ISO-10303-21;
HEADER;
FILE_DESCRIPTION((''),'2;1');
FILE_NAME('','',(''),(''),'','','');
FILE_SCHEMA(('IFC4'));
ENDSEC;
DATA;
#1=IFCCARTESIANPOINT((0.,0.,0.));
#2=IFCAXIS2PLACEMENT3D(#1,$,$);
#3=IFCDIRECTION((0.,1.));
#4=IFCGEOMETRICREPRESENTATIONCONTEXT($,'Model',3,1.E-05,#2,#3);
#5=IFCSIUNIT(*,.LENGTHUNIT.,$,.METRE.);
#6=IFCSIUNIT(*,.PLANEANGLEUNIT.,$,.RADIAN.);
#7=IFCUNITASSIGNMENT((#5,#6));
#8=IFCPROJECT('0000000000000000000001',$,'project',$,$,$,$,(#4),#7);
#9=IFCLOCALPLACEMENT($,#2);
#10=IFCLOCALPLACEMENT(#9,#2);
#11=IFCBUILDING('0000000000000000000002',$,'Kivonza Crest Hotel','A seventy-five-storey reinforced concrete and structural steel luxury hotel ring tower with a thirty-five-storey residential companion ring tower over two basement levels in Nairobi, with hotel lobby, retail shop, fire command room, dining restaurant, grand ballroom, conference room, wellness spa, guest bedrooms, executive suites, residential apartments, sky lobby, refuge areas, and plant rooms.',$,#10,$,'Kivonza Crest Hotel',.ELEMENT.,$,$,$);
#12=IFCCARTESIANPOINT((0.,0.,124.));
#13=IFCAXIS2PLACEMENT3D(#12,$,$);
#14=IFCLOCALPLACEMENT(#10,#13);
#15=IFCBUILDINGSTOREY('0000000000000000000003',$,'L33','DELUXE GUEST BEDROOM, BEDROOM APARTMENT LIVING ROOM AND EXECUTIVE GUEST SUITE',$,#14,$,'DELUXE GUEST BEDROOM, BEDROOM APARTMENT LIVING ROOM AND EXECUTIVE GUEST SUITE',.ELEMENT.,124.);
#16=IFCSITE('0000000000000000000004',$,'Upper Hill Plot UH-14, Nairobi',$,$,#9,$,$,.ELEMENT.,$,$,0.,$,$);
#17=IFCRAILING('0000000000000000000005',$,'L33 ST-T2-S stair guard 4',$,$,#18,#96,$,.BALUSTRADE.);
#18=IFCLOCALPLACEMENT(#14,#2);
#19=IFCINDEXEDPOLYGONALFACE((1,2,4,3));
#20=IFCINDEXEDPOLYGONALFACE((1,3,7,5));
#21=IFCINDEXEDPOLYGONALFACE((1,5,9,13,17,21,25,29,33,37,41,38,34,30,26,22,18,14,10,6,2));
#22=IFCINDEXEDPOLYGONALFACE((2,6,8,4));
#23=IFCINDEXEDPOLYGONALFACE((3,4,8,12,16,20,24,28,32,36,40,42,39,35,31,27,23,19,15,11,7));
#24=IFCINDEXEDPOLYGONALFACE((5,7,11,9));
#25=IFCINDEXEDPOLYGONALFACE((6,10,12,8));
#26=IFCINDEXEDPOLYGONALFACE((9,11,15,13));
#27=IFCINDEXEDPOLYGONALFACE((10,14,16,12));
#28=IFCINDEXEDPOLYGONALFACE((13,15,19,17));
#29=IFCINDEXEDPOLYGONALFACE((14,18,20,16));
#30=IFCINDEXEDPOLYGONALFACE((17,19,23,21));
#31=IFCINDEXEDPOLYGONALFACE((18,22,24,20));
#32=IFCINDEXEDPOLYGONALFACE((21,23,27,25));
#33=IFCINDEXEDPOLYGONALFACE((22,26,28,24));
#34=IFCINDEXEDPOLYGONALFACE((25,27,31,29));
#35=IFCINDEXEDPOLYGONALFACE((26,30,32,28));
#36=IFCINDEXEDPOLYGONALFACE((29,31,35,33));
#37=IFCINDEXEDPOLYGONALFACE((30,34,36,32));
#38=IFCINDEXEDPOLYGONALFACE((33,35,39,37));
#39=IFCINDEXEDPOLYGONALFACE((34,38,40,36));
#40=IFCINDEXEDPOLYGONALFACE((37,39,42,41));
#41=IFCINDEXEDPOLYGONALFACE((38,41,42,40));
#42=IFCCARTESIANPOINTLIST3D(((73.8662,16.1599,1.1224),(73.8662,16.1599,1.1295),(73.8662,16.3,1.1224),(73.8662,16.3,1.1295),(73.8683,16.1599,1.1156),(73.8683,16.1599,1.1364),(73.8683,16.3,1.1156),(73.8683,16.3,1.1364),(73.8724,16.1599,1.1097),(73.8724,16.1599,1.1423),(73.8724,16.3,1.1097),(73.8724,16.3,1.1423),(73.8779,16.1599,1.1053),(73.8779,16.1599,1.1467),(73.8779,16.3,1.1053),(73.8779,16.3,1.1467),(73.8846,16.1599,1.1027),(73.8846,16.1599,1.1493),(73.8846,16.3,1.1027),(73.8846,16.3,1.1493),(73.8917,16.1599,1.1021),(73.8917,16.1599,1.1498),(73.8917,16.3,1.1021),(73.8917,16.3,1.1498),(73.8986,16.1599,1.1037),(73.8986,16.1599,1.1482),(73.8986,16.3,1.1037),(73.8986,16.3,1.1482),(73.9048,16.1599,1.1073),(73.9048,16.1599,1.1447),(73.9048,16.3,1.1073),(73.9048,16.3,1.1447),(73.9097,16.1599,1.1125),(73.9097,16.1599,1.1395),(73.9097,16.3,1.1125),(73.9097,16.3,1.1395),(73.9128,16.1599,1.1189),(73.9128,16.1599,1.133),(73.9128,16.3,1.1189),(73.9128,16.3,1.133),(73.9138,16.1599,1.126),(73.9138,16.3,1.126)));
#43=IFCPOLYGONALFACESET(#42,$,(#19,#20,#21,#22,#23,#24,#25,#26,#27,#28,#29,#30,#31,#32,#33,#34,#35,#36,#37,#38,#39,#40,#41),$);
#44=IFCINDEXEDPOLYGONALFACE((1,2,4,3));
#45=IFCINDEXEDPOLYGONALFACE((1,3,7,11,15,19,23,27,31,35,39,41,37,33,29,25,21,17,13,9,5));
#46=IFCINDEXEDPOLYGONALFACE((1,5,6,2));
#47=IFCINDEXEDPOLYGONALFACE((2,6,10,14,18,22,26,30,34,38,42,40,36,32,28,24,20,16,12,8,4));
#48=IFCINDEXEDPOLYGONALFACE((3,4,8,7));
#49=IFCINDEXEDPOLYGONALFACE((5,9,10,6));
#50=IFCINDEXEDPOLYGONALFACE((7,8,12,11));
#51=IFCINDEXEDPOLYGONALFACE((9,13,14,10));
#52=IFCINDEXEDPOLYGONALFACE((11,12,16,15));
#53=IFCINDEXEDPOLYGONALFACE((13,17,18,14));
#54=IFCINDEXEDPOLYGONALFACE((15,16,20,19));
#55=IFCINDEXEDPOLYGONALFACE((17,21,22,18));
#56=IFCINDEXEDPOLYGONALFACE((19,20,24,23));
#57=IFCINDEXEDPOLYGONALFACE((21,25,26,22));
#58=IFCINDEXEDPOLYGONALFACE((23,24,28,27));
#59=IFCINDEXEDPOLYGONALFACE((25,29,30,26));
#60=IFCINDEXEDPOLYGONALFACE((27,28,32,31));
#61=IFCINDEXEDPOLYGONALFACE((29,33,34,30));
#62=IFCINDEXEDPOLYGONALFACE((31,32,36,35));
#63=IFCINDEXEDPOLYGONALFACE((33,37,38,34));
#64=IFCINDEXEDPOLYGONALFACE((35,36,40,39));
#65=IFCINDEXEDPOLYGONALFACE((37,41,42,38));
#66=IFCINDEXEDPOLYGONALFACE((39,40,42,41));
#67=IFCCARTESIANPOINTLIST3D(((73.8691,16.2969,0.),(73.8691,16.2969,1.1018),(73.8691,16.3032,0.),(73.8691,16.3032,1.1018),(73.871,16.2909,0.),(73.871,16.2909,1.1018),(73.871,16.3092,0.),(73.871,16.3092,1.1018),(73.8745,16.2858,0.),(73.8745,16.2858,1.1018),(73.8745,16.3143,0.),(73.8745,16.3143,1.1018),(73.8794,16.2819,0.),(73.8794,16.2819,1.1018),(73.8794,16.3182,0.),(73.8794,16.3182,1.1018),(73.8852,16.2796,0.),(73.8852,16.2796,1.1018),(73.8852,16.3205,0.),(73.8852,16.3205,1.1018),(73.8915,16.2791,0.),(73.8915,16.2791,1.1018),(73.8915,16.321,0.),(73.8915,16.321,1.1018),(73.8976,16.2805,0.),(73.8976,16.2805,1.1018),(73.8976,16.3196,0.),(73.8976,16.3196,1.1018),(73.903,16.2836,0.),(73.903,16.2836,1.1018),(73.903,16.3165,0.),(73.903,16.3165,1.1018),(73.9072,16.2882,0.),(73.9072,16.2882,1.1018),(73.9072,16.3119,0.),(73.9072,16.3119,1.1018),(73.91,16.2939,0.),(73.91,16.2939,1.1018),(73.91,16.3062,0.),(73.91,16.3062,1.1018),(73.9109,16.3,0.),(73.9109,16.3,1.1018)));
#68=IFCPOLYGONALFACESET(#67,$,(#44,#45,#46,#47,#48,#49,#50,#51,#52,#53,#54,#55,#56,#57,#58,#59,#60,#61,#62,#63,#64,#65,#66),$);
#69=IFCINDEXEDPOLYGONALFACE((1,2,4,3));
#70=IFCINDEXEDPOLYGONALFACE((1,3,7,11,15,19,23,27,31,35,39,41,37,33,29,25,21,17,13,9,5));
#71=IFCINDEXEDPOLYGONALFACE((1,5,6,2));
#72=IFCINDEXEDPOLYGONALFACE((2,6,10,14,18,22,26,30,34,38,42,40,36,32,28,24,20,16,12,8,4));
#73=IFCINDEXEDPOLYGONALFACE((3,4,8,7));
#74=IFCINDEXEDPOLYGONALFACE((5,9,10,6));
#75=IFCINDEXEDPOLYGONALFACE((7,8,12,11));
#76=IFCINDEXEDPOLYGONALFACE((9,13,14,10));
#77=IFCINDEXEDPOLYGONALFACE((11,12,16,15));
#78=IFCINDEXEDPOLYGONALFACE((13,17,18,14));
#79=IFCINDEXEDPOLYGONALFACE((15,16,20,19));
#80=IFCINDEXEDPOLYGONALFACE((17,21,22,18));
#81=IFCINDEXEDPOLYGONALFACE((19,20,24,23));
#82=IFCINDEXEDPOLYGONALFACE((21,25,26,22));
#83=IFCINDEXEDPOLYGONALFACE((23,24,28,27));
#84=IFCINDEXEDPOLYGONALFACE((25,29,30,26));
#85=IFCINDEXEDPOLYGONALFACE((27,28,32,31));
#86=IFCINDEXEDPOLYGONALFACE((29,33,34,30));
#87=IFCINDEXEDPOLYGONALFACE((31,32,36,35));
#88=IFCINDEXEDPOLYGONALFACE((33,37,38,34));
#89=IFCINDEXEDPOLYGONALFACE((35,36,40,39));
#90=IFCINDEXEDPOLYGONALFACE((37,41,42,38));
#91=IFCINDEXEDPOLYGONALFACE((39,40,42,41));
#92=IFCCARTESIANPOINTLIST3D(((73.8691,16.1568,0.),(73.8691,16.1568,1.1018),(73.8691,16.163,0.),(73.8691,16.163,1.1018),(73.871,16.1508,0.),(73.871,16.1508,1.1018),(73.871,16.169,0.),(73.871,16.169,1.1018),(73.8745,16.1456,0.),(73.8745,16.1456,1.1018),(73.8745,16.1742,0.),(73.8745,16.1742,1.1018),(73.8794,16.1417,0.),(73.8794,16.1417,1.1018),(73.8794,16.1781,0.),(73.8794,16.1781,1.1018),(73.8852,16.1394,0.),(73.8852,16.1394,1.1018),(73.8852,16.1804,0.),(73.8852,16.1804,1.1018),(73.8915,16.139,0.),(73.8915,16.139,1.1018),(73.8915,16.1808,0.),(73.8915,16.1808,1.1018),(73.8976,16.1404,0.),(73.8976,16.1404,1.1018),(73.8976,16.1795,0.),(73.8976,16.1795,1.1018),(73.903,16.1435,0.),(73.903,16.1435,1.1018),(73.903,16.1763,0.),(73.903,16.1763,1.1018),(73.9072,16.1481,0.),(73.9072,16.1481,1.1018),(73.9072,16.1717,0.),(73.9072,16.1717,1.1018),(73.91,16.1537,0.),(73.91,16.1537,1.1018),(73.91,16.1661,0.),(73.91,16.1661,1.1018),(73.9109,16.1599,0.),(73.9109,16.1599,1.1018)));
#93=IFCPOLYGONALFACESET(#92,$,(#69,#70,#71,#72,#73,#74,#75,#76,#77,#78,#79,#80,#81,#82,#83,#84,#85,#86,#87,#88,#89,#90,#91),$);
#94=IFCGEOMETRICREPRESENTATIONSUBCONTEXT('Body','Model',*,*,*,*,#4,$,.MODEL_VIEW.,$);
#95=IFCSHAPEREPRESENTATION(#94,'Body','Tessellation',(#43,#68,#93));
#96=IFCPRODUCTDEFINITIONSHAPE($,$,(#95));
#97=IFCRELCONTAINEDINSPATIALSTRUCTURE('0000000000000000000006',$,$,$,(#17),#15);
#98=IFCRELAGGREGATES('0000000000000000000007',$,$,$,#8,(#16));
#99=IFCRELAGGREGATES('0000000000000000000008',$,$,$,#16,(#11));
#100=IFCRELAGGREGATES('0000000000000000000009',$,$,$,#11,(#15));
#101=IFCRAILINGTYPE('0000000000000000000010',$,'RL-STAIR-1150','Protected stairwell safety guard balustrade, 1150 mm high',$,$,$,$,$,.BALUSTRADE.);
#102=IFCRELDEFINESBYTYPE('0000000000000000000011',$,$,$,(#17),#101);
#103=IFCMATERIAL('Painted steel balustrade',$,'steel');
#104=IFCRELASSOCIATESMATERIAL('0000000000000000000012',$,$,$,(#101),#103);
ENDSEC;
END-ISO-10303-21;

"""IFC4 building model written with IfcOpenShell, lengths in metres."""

from ifc_helpers import new_model, si_unit, direction, frame, origin, origin_2d, place, context, subcontext, project, spatial, circle, extrude, material, type_object, element, save


model = new_model("IFC4")

# Units and contexts
model_context = context("Model", 3, precision=1e-05, world=origin(), true_north=direction((0.0, 1.0)))
body_context = subcontext(model_context, "Body", "Model", "MODEL_VIEW")
ifc_project = project(units=[si_unit("LENGTHUNIT", "METRE"), si_unit("PLANEANGLEUNIT", "RADIAN")], contexts=[model_context])

# Site, building, storey
site_placement = place(None, origin())
site = spatial("IfcSite", under=ifc_project, at=site_placement, Name="Upper Hill Plot UH-14, Nairobi", CompositionType="ELEMENT", RefElevation=0.0)
building_placement = place(site_placement, origin())
building = spatial("IfcBuilding", under=site, at=building_placement, Name="Kivonza Crest Hotel", Description="A seventy-five-storey reinforced concrete and structural steel luxury hotel ring tower with a thirty-five-storey residential companion ring tower over two basement levels in Nairobi, with hotel lobby, retail shop, fire command room, dining restaurant, grand ballroom, conference room, wellness spa, guest bedrooms, executive suites, residential apartments, sky lobby, refuge areas, and plant rooms.", LongName="Kivonza Crest Hotel", CompositionType="ELEMENT")
storey_placement = place(building_placement, frame((0.0, 0.0, 124.0)))
storey = spatial("IfcBuildingStorey", under=building, at=storey_placement, Name="L33", Description="DELUXE GUEST BEDROOM, BEDROOM APARTMENT LIVING ROOM AND EXECUTIVE GUEST SUITE", LongName="DELUXE GUEST BEDROOM, BEDROOM APARTMENT LIVING ROOM AND EXECUTIVE GUEST SUITE", CompositionType="ELEMENT", Elevation=124.0)

# Railing
ifc_material_1 = material(Name="Painted steel balustrade", Category="steel")
railing_type_1 = type_object("IfcRailingType", Name="RL-STAIR-1150", Description="Protected stairwell safety guard balustrade, 1150 mm high", PredefinedType="BALUSTRADE", material=ifc_material_1)
railing_1_placement = place(storey_placement, frame((73.8899, 16.3, 0.0)))
element("IfcRailing", 1, at=railing_1_placement, inside=storey, type_object=railing_type_1, Name="L33 ST-T2-S stair guard 4", PredefinedType="BALUSTRADE", context=body_context, shape_type="SweptSolid", body=[
    extrude(circle(Radius=0.0239, at=origin_2d()), frame((0.0, 0.0, 1.126), z_axis=(0.0, -1.0, 0.0), x_axis=(1.0, 0.0, 0.0)), (0.0, 0.0, 1.0), 0.1401),
    extrude(circle(Radius=0.021, at=origin_2d()), origin(), (0.0, 0.0, 1.0), 1.1018),
    extrude(circle(Radius=0.021, at=origin_2d()), frame((0.0, -0.1401, 0.0)), (0.0, 0.0, 1.0), 1.1018),
])

save(model, "model.ifc")
